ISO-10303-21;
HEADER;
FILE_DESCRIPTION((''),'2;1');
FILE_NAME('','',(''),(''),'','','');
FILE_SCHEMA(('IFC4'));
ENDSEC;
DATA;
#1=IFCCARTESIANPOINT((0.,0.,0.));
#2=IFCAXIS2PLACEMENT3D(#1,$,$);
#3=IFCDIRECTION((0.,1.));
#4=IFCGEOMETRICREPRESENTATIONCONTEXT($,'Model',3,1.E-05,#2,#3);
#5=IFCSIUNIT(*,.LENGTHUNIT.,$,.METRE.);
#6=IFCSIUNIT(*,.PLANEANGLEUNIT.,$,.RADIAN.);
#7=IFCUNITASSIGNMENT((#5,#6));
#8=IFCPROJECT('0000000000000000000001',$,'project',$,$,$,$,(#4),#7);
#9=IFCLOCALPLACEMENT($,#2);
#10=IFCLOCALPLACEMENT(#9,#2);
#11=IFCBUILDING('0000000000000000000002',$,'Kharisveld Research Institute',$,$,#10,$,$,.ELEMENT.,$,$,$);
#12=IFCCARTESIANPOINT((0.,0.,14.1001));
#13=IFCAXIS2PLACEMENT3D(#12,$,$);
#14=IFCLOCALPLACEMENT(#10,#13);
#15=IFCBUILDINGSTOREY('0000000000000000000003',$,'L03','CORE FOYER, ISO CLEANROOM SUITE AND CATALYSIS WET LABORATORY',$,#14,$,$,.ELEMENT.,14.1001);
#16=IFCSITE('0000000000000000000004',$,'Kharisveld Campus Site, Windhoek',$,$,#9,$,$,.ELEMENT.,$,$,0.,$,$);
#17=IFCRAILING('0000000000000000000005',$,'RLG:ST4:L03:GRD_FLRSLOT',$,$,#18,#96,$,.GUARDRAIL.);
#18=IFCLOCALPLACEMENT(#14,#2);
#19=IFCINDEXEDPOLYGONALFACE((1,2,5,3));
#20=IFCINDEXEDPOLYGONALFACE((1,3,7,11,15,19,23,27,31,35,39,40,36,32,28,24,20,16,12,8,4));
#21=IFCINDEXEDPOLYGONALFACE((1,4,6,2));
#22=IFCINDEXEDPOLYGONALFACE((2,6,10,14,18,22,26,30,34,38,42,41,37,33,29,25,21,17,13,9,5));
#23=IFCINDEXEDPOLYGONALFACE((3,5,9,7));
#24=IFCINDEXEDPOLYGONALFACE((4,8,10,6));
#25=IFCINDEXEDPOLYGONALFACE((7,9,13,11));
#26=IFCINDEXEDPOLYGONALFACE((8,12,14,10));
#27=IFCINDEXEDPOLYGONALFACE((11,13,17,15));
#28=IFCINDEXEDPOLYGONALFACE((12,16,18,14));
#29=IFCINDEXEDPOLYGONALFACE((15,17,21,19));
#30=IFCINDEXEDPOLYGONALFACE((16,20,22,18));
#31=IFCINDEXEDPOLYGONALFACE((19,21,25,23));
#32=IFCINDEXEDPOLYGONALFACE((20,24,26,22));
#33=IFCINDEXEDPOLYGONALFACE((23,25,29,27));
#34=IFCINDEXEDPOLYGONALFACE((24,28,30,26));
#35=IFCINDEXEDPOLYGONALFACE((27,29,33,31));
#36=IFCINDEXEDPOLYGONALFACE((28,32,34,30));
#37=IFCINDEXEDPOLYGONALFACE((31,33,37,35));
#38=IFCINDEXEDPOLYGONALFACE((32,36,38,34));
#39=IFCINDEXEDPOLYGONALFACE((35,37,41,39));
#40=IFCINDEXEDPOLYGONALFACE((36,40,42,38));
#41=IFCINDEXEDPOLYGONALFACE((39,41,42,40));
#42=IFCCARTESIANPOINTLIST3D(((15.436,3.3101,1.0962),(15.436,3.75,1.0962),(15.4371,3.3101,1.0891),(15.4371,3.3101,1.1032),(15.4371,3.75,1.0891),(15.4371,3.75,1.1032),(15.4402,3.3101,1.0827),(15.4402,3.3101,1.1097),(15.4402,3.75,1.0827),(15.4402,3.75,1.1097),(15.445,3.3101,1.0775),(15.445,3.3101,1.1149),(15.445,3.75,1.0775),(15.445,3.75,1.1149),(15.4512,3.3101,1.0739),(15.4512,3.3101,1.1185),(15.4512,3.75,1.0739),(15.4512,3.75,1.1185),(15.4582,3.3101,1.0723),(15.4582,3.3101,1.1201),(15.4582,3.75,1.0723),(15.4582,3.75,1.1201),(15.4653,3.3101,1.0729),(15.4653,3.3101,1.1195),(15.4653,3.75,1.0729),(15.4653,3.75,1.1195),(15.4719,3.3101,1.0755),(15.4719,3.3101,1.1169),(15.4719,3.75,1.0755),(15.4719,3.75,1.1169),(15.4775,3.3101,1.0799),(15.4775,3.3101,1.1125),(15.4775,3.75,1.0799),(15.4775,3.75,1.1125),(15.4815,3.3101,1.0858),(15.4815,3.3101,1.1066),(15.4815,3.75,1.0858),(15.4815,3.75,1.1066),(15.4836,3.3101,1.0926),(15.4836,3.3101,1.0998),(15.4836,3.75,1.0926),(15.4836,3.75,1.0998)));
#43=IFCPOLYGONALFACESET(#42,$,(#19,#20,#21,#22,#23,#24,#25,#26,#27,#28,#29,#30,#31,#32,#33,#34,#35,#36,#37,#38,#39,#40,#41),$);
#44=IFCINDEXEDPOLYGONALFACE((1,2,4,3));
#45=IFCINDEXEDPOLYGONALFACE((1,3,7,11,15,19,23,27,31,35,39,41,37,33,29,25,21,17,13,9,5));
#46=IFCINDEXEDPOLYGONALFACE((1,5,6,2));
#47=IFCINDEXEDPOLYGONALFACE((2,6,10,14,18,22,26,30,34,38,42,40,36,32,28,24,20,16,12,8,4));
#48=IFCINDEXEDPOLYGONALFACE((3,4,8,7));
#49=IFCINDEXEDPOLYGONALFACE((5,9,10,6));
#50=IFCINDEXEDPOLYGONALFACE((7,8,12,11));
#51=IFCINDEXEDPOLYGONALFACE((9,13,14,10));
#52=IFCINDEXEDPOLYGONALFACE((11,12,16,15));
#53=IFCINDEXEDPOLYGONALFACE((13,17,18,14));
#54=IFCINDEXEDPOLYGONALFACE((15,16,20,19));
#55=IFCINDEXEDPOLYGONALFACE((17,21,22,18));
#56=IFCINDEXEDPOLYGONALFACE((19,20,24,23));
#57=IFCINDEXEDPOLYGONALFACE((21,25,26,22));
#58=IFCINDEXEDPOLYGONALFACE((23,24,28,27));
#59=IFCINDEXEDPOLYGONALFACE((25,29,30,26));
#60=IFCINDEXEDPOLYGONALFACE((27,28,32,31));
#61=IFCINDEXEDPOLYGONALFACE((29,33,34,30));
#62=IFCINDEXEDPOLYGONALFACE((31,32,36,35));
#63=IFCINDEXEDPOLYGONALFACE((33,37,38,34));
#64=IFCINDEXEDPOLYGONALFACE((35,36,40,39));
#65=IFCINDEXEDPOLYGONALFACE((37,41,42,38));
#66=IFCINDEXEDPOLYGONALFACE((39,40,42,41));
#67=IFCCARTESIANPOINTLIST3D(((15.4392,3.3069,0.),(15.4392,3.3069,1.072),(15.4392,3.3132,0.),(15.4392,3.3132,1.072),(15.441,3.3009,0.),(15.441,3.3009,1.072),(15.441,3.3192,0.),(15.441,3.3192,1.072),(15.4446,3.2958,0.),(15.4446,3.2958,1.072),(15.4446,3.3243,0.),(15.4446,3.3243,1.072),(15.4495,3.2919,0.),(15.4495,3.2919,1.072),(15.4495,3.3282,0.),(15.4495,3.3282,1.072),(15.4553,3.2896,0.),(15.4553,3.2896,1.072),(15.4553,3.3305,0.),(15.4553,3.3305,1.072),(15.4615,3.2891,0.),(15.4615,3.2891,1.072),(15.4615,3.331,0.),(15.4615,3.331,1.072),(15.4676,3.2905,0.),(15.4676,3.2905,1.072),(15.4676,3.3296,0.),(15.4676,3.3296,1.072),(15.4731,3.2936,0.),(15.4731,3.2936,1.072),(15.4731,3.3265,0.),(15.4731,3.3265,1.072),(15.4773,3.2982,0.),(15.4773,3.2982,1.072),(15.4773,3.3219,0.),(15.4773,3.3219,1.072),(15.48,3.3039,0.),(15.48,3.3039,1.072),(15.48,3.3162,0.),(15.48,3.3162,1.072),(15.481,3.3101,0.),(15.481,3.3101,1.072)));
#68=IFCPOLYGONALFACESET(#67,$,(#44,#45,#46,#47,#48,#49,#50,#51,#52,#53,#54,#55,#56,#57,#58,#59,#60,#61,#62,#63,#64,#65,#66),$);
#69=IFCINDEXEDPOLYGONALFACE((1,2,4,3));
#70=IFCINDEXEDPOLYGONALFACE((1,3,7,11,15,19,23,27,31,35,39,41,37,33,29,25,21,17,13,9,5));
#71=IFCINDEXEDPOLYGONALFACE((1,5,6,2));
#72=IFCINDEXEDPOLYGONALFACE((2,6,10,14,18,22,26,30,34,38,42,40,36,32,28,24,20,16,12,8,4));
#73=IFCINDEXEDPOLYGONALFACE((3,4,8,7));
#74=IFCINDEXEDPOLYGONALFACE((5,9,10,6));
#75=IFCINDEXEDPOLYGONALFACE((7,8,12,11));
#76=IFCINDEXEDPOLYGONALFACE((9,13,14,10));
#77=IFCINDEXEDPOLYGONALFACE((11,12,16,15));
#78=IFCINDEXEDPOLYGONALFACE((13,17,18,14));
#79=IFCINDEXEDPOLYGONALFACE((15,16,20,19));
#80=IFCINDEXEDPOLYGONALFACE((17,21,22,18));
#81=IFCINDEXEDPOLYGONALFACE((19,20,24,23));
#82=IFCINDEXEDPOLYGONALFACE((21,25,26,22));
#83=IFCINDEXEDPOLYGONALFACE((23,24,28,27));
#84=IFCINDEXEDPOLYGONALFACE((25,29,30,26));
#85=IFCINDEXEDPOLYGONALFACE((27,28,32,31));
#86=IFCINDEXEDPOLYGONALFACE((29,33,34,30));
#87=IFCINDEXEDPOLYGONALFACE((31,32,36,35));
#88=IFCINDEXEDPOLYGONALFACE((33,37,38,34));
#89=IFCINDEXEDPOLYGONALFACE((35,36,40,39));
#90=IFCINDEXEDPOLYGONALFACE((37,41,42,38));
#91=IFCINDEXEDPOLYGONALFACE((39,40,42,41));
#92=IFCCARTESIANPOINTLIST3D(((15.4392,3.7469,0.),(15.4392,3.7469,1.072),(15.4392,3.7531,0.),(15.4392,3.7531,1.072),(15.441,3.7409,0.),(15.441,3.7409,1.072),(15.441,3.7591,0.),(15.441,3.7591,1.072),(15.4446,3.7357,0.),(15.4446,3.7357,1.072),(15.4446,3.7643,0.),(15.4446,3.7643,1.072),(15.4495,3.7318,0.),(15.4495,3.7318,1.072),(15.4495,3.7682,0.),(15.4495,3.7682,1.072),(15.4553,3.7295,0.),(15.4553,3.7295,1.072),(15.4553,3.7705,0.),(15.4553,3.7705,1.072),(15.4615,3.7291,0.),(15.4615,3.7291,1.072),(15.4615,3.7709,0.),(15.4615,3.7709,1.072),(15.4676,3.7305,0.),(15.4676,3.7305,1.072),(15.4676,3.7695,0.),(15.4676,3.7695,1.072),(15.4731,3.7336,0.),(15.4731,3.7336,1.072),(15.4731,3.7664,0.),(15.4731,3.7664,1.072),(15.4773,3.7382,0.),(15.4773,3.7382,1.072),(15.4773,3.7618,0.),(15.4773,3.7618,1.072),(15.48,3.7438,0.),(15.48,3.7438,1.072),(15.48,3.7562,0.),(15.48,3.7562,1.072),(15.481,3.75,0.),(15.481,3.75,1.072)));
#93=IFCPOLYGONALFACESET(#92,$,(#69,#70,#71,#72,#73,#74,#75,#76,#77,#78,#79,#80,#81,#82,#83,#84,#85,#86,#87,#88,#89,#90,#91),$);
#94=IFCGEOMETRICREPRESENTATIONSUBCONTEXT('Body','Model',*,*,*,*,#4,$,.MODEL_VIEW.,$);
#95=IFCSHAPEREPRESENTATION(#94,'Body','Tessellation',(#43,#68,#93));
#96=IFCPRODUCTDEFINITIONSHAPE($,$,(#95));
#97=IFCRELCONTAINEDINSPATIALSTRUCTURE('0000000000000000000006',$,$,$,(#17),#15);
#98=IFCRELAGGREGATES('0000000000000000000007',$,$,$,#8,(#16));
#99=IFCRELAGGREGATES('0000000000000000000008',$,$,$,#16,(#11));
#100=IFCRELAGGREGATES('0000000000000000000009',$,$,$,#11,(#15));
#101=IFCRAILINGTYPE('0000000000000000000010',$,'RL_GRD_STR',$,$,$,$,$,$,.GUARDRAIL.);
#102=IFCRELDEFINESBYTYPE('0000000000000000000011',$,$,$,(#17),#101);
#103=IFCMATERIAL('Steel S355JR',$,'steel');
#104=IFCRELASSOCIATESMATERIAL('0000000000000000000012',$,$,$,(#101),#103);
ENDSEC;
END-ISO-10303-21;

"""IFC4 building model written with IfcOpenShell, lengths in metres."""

from ifc_helpers import new_model, si_unit, direction, frame, origin, origin_2d, place, context, subcontext, project, spatial, circle, extrude, material, type_object, element, save


model = new_model("IFC4")

# Units and contexts
model_context = context("Model", 3, precision=1e-05, world=origin(), true_north=direction((0.0, 1.0)))
body_context = subcontext(model_context, "Body", "Model", "MODEL_VIEW")
ifc_project = project(units=[si_unit("LENGTHUNIT", "METRE"), si_unit("PLANEANGLEUNIT", "RADIAN")], contexts=[model_context])

# Site, building, storey
site_placement = place(None, origin())
site = spatial("IfcSite", under=ifc_project, at=site_placement, Name="Kharisveld Campus Site, Windhoek", CompositionType="ELEMENT", RefElevation=0.0)
building_placement = place(site_placement, origin())
building = spatial("IfcBuilding", under=site, at=building_placement, Name="Kharisveld Research Institute", CompositionType="ELEMENT")
storey_placement = place(building_placement, frame((0.0, 0.0, 14.1001)))
storey = spatial("IfcBuildingStorey", under=building, at=storey_placement, Name="L03", Description="CORE FOYER, ISO CLEANROOM SUITE AND CATALYSIS WET LABORATORY", CompositionType="ELEMENT", Elevation=14.1001)

# Railing
ifc_material_1 = material(Name="Steel S355JR", Category="steel")
railing_type_1 = type_object("IfcRailingType", Name="RL_GRD_STR", PredefinedType="GUARDRAIL", material=ifc_material_1)
railing_1_placement = place(storey_placement, frame((15.46, 3.3101, 0.0)))
element("IfcRailing", 1, at=railing_1_placement, inside=storey, type_object=railing_type_1, Name="RLG:ST4:L03:GRD_FLRSLOT", PredefinedType="GUARDRAIL", context=body_context, shape_type="SweptSolid", body=[
    extrude(circle(Radius=0.0239, at=origin_2d()), frame((0.0, 0.0, 1.0962), z_axis=(0.0, 1.0, 0.0), x_axis=(-1.0, 0.0, 0.0)), (0.0, 0.0, 1.0), 0.4399),
    extrude(circle(Radius=0.021, at=origin_2d()), origin(), (0.0, 0.0, 1.0), 1.072),
    extrude(circle(Radius=0.021, at=origin_2d()), frame((0.0, 0.4399, 0.0)), (0.0, 0.0, 1.0), 1.072),
])

save(model, "model.ifc")
